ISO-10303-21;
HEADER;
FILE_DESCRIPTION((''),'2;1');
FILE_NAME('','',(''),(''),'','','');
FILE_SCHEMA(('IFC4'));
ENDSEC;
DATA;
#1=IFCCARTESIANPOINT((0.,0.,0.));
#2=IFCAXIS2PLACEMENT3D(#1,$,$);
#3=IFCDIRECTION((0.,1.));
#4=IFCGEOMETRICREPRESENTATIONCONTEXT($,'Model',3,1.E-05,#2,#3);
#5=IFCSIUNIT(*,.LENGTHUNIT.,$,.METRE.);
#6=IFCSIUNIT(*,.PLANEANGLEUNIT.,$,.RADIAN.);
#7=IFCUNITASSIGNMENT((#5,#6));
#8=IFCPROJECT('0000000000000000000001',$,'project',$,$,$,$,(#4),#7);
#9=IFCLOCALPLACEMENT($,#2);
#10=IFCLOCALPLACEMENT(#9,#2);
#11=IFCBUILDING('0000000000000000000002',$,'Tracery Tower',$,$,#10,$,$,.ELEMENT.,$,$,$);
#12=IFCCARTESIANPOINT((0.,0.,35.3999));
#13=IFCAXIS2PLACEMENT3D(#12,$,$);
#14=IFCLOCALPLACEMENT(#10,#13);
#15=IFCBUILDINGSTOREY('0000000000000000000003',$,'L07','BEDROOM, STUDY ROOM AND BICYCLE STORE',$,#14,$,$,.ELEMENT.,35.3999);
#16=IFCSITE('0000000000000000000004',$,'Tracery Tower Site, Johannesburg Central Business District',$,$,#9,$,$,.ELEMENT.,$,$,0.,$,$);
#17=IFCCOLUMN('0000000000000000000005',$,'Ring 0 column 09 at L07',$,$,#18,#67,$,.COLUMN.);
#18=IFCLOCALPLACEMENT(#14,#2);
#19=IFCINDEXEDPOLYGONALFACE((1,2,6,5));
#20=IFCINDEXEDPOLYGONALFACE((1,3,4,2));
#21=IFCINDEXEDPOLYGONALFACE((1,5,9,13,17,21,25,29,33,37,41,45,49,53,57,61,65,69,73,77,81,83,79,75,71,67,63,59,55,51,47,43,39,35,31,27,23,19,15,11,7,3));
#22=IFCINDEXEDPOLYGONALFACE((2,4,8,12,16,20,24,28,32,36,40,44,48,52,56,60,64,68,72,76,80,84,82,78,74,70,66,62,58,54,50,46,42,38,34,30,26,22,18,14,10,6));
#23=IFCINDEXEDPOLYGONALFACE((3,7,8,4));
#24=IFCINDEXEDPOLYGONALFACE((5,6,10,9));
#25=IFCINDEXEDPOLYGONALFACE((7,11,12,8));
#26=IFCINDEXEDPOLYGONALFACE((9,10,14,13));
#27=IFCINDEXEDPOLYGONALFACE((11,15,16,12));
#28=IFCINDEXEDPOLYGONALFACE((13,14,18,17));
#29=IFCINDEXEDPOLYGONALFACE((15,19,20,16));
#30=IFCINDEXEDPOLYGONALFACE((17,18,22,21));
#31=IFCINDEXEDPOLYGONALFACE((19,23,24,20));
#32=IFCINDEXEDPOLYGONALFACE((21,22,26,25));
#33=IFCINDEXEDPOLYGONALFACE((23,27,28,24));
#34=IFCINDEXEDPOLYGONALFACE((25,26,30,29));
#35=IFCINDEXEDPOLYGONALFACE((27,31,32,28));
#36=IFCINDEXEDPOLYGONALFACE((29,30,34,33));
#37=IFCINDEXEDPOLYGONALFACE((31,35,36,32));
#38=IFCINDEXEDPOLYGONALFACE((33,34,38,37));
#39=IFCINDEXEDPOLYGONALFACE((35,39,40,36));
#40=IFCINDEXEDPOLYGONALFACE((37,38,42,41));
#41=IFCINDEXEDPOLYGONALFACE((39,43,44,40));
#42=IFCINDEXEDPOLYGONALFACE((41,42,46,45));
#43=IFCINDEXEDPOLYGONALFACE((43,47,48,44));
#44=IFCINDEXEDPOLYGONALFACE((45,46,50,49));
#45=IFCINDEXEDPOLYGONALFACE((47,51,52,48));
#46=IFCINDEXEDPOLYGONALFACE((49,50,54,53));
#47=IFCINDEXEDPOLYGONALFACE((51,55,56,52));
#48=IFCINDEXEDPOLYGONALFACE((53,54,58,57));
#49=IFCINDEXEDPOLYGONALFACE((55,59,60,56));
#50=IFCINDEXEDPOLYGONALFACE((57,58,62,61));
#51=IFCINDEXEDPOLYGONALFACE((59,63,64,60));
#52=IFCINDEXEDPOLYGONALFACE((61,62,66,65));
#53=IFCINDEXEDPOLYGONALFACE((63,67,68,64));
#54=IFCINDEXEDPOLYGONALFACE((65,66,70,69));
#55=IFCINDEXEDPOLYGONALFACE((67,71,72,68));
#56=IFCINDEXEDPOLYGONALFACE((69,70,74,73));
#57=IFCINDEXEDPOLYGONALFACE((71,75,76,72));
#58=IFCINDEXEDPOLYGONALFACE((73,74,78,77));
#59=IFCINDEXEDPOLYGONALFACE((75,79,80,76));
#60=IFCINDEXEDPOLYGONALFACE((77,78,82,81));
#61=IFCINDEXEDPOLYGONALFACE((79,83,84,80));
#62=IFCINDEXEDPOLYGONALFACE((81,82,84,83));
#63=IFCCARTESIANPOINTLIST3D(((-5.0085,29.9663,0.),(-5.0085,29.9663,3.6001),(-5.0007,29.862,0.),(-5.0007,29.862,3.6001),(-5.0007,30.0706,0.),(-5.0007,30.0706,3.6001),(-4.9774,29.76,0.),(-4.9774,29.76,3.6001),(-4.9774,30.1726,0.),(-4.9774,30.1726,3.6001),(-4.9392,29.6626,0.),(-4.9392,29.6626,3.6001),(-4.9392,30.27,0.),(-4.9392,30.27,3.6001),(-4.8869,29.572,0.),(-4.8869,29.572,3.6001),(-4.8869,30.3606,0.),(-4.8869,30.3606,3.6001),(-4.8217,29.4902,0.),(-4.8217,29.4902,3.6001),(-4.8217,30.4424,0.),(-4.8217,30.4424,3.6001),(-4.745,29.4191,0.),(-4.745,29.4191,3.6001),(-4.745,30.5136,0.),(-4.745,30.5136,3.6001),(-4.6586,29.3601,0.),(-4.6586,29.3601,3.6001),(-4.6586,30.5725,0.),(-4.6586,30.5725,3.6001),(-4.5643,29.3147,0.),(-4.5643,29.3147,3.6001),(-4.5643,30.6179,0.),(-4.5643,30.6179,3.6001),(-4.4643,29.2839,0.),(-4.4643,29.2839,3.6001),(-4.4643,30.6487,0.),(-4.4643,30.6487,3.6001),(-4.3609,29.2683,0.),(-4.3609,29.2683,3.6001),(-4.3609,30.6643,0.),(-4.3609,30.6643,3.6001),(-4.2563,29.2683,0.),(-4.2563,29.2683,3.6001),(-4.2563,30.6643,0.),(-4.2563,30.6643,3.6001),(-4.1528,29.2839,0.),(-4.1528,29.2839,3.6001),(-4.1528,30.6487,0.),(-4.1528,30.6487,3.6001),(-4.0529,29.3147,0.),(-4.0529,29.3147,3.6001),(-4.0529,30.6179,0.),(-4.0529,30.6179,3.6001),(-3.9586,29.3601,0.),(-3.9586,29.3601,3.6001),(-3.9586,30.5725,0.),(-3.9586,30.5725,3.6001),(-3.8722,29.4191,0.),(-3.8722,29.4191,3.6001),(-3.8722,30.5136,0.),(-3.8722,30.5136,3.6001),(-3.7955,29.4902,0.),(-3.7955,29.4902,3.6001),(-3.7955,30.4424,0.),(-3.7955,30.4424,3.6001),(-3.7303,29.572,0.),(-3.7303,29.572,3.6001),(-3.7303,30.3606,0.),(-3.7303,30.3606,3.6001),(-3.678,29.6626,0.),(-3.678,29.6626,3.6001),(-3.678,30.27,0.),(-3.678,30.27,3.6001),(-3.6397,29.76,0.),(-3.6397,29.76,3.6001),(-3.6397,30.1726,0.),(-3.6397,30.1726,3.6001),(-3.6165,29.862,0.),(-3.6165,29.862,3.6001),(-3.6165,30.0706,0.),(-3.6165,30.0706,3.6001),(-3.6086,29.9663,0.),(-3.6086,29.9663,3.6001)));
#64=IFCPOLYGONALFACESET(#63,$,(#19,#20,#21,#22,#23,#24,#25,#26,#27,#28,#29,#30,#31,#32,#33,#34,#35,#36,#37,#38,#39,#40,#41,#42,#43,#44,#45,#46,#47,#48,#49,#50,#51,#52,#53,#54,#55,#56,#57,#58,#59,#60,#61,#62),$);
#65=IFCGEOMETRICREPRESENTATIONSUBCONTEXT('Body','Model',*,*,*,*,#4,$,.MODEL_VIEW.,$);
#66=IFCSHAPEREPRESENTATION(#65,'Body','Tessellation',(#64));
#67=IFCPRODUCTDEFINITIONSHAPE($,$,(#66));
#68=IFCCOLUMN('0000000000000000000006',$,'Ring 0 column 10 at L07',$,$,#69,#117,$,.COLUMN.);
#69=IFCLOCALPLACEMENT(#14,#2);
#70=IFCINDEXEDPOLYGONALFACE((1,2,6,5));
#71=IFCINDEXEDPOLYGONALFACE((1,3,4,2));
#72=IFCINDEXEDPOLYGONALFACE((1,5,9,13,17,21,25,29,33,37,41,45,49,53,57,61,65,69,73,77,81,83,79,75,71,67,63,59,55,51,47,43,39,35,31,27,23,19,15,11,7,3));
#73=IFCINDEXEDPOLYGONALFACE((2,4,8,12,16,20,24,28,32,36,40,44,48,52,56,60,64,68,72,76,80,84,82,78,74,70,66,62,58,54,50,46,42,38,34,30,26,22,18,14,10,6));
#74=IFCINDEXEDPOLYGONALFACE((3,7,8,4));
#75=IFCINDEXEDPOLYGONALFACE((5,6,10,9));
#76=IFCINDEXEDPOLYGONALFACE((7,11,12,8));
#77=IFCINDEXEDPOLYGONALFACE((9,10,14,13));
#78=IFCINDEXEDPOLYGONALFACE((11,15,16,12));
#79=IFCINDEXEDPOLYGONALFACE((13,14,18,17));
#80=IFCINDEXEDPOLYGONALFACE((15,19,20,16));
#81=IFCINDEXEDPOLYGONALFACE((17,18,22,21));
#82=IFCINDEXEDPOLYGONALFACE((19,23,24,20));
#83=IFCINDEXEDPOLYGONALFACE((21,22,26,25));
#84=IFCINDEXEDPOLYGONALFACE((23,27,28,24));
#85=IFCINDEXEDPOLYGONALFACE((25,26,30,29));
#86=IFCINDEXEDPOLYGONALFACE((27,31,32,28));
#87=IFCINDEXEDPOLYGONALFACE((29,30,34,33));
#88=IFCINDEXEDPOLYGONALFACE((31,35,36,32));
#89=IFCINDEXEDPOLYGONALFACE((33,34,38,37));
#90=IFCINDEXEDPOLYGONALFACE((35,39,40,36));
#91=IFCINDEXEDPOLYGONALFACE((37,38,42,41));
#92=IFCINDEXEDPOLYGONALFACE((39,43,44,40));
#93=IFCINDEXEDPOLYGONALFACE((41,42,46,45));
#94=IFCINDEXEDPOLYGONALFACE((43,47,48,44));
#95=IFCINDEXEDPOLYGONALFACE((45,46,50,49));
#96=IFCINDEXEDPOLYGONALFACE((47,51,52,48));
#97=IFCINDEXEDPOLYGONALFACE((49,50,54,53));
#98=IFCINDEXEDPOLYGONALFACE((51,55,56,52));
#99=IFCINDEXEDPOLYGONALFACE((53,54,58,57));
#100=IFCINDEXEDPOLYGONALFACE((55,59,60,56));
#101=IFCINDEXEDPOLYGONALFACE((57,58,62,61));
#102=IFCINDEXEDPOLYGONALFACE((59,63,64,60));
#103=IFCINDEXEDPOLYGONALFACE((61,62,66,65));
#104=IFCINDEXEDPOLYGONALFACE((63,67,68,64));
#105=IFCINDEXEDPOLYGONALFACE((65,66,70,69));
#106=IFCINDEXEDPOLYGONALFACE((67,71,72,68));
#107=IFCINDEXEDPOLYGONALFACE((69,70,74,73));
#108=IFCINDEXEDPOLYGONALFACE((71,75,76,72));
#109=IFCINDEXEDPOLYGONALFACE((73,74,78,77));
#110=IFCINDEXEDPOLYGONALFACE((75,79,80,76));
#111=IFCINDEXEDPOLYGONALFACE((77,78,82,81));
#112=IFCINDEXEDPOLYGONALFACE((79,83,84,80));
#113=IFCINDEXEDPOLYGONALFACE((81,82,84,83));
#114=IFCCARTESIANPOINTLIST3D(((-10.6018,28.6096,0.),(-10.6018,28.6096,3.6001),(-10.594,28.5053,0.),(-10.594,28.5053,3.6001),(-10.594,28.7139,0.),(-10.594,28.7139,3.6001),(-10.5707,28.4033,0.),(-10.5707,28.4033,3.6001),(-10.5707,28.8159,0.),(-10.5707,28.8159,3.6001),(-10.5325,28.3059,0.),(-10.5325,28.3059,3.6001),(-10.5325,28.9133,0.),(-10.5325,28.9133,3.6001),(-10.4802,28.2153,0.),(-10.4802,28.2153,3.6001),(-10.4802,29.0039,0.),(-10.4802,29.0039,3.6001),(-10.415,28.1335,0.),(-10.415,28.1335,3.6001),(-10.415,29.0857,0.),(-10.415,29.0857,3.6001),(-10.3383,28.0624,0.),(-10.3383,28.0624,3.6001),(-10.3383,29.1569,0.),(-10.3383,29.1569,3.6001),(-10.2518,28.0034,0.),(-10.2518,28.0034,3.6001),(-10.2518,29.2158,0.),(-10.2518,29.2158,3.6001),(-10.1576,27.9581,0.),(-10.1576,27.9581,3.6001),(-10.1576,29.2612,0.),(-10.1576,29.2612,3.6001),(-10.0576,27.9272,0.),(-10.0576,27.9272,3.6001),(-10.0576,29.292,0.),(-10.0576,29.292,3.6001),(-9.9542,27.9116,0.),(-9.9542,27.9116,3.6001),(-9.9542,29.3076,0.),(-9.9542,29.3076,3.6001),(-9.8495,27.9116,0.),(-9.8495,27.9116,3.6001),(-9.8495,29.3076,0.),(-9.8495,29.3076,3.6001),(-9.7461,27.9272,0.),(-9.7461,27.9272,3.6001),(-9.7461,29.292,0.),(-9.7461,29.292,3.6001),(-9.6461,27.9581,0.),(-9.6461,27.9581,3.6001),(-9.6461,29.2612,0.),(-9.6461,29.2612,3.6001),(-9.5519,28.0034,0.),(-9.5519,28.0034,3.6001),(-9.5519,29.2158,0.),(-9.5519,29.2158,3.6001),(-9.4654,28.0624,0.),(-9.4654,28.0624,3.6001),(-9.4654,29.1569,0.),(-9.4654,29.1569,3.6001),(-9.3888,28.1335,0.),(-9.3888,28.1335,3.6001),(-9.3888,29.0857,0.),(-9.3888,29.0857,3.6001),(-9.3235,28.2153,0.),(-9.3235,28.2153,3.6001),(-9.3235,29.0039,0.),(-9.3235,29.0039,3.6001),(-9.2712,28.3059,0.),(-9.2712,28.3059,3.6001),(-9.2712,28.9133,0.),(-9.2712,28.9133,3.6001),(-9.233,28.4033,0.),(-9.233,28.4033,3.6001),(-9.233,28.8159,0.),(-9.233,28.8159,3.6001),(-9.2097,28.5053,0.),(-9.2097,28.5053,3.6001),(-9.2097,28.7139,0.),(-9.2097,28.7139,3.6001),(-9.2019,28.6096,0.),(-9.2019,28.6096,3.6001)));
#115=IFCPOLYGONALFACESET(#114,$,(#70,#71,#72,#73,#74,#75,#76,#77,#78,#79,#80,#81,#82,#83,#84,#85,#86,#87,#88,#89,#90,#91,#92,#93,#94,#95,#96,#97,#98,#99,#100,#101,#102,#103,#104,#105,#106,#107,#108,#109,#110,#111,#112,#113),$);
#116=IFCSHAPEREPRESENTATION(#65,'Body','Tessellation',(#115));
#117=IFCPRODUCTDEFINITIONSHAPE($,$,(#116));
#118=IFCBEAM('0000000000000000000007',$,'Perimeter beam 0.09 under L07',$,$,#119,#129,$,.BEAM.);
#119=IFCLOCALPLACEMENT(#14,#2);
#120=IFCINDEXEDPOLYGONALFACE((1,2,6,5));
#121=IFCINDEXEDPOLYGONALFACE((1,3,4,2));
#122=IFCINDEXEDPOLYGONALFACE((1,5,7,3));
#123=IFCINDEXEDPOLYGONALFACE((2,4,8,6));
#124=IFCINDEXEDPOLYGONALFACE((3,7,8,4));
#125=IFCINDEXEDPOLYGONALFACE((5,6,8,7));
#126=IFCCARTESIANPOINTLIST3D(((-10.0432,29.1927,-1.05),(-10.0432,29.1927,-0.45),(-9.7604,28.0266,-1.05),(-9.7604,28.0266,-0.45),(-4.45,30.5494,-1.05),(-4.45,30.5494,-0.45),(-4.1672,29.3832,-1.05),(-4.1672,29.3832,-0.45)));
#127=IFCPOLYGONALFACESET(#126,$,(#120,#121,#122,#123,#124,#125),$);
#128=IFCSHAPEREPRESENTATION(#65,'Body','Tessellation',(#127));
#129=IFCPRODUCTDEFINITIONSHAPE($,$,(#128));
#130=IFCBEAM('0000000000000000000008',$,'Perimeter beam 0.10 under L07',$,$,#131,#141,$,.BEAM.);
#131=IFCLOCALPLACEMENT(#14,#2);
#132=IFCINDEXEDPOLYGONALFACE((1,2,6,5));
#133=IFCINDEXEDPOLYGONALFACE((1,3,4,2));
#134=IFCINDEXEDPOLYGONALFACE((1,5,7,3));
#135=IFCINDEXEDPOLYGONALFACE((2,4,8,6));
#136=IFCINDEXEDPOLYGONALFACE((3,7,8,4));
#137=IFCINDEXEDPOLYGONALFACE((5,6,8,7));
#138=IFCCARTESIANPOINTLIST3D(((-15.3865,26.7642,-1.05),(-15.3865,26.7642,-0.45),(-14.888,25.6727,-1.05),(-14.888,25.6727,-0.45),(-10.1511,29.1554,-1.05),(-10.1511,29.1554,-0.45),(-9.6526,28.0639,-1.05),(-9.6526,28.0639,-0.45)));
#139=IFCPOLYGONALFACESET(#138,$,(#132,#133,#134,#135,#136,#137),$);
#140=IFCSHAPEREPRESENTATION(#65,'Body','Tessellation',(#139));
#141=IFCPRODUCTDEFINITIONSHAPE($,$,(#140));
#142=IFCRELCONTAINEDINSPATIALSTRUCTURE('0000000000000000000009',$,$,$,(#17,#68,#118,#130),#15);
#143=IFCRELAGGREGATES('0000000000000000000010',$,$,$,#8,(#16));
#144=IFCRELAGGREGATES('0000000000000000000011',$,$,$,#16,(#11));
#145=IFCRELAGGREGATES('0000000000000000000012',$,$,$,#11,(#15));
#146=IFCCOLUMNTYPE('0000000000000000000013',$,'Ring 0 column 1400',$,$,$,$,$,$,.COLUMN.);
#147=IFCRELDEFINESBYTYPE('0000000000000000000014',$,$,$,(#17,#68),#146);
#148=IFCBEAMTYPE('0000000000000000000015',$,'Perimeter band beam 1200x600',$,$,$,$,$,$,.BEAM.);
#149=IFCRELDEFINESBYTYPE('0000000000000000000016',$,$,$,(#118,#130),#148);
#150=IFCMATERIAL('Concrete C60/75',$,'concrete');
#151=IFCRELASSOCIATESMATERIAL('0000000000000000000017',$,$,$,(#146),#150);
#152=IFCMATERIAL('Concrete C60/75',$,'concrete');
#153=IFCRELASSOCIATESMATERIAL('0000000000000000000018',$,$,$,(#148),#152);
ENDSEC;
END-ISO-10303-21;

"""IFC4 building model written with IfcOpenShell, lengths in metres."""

from ifc_helpers import new_model, si_unit, direction, frame, origin, origin_2d, place, context, subcontext, project, spatial, rectangle, circle, extrude, material, material_profile, profile_set, type_object, element, save


model = new_model("IFC4")

# Units and contexts
model_context = context("Model", 3, precision=1e-05, world=origin(), true_north=direction((0.0, 1.0)))
body_context = subcontext(model_context, "Body", "Model", "MODEL_VIEW")
ifc_project = project(units=[si_unit("LENGTHUNIT", "METRE"), si_unit("PLANEANGLEUNIT", "RADIAN")], contexts=[model_context])

# Site, building, storey
site_placement = place(None, origin())
site = spatial("IfcSite", under=ifc_project, at=site_placement, Name="Tracery Tower Site, Johannesburg Central Business District", CompositionType="ELEMENT", RefElevation=0.0)
building_placement = place(site_placement, origin())
building = spatial("IfcBuilding", under=site, at=building_placement, Name="Tracery Tower", CompositionType="ELEMENT")
storey_placement = place(building_placement, frame((0.0, 0.0, 35.3999)))
storey = spatial("IfcBuildingStorey", under=building, at=storey_placement, Name="L07", Description="BEDROOM, STUDY ROOM AND BICYCLE STORE", CompositionType="ELEMENT", Elevation=35.3999)

# Columns
ifc_material_1 = material(Name="Concrete C60/75", Category="concrete")
ifc_material_profile_1 = material_profile(ifc_material_1, circle(Radius=0.7, at=origin_2d()), Name="RC D1400")
ifc_profile_set_1 = profile_set([ifc_material_profile_1], Name="Concrete C60/75")
column_type = type_object("IfcColumnType", Name="Ring 0 column 1400", PredefinedType="COLUMN", material=ifc_profile_set_1)
for number, where, z_axis, x_axis, name in (
    (1, (-4.3086, 29.9663, 0.0), (0.0, 0.0, 1.0), (1.0, 0.0, 0.0), "Ring 0 column 09 at L07"),
    (2, (-9.9019, 28.6096, 0.0), (0.0, 0.0, 1.0), (1.0, 0.0, 0.0), "Ring 0 column 10 at L07"),
):
    element("IfcColumn", number, at=place(storey_placement, frame(where, z_axis=z_axis, x_axis=x_axis)), inside=storey, type_object=column_type, Name=name, PredefinedType="COLUMN", context=body_context, shape_type="SweptSolid", body=[
        extrude(circle(Radius=0.7, at=origin_2d()), origin(), (0.0, 0.0, 1.0), 3.6001),
    ])

# Beams
ifc_material_2 = material(Name="Concrete C60/75", Category="concrete")
ifc_material_profile_2 = material_profile(ifc_material_2, rectangle(XDim=1.2, YDim=0.6001, at=origin_2d()), Name="RC 1200x600")
ifc_profile_set_2 = profile_set([ifc_material_profile_2], Name="Concrete C60/75")
beam_type = type_object("IfcBeamType", Name="Perimeter band beam 1200x600", PredefinedType="BEAM", material=ifc_profile_set_2)
beam_1_placement = place(storey_placement, frame((-4.3086, 29.9663, -0.75), z_axis=(-0.97182, -0.235723, 0.0), x_axis=(0.235723, -0.97182, 0.0)))
element("IfcBeam", 3, at=beam_1_placement, inside=storey, type_object=beam_type, Name="Perimeter beam 0.09 under L07", PredefinedType="BEAM", context=body_context, shape_type="SweptSolid", body=[
    extrude(rectangle(XDim=1.2, YDim=0.6001, at=origin_2d()), origin(), (0.0, 0.0, 1.0), 5.7554),
])
beam_2_placement = place(storey_placement, frame((-9.9019, 28.6096, -0.75), z_axis=(-0.909618, -0.415445, 0.0), x_axis=(0.415445, -0.909618, 0.0)))
element("IfcBeam", 4, at=beam_2_placement, inside=storey, type_object=beam_type, Name="Perimeter beam 0.10 under L07", PredefinedType="BEAM", context=body_context, shape_type="SweptSolid", body=[
    extrude(rectangle(XDim=1.2, YDim=0.6001, at=origin_2d()), origin(), (0.0, 0.0, 1.0), 5.7556),
])

save(model, "model.ifc")
